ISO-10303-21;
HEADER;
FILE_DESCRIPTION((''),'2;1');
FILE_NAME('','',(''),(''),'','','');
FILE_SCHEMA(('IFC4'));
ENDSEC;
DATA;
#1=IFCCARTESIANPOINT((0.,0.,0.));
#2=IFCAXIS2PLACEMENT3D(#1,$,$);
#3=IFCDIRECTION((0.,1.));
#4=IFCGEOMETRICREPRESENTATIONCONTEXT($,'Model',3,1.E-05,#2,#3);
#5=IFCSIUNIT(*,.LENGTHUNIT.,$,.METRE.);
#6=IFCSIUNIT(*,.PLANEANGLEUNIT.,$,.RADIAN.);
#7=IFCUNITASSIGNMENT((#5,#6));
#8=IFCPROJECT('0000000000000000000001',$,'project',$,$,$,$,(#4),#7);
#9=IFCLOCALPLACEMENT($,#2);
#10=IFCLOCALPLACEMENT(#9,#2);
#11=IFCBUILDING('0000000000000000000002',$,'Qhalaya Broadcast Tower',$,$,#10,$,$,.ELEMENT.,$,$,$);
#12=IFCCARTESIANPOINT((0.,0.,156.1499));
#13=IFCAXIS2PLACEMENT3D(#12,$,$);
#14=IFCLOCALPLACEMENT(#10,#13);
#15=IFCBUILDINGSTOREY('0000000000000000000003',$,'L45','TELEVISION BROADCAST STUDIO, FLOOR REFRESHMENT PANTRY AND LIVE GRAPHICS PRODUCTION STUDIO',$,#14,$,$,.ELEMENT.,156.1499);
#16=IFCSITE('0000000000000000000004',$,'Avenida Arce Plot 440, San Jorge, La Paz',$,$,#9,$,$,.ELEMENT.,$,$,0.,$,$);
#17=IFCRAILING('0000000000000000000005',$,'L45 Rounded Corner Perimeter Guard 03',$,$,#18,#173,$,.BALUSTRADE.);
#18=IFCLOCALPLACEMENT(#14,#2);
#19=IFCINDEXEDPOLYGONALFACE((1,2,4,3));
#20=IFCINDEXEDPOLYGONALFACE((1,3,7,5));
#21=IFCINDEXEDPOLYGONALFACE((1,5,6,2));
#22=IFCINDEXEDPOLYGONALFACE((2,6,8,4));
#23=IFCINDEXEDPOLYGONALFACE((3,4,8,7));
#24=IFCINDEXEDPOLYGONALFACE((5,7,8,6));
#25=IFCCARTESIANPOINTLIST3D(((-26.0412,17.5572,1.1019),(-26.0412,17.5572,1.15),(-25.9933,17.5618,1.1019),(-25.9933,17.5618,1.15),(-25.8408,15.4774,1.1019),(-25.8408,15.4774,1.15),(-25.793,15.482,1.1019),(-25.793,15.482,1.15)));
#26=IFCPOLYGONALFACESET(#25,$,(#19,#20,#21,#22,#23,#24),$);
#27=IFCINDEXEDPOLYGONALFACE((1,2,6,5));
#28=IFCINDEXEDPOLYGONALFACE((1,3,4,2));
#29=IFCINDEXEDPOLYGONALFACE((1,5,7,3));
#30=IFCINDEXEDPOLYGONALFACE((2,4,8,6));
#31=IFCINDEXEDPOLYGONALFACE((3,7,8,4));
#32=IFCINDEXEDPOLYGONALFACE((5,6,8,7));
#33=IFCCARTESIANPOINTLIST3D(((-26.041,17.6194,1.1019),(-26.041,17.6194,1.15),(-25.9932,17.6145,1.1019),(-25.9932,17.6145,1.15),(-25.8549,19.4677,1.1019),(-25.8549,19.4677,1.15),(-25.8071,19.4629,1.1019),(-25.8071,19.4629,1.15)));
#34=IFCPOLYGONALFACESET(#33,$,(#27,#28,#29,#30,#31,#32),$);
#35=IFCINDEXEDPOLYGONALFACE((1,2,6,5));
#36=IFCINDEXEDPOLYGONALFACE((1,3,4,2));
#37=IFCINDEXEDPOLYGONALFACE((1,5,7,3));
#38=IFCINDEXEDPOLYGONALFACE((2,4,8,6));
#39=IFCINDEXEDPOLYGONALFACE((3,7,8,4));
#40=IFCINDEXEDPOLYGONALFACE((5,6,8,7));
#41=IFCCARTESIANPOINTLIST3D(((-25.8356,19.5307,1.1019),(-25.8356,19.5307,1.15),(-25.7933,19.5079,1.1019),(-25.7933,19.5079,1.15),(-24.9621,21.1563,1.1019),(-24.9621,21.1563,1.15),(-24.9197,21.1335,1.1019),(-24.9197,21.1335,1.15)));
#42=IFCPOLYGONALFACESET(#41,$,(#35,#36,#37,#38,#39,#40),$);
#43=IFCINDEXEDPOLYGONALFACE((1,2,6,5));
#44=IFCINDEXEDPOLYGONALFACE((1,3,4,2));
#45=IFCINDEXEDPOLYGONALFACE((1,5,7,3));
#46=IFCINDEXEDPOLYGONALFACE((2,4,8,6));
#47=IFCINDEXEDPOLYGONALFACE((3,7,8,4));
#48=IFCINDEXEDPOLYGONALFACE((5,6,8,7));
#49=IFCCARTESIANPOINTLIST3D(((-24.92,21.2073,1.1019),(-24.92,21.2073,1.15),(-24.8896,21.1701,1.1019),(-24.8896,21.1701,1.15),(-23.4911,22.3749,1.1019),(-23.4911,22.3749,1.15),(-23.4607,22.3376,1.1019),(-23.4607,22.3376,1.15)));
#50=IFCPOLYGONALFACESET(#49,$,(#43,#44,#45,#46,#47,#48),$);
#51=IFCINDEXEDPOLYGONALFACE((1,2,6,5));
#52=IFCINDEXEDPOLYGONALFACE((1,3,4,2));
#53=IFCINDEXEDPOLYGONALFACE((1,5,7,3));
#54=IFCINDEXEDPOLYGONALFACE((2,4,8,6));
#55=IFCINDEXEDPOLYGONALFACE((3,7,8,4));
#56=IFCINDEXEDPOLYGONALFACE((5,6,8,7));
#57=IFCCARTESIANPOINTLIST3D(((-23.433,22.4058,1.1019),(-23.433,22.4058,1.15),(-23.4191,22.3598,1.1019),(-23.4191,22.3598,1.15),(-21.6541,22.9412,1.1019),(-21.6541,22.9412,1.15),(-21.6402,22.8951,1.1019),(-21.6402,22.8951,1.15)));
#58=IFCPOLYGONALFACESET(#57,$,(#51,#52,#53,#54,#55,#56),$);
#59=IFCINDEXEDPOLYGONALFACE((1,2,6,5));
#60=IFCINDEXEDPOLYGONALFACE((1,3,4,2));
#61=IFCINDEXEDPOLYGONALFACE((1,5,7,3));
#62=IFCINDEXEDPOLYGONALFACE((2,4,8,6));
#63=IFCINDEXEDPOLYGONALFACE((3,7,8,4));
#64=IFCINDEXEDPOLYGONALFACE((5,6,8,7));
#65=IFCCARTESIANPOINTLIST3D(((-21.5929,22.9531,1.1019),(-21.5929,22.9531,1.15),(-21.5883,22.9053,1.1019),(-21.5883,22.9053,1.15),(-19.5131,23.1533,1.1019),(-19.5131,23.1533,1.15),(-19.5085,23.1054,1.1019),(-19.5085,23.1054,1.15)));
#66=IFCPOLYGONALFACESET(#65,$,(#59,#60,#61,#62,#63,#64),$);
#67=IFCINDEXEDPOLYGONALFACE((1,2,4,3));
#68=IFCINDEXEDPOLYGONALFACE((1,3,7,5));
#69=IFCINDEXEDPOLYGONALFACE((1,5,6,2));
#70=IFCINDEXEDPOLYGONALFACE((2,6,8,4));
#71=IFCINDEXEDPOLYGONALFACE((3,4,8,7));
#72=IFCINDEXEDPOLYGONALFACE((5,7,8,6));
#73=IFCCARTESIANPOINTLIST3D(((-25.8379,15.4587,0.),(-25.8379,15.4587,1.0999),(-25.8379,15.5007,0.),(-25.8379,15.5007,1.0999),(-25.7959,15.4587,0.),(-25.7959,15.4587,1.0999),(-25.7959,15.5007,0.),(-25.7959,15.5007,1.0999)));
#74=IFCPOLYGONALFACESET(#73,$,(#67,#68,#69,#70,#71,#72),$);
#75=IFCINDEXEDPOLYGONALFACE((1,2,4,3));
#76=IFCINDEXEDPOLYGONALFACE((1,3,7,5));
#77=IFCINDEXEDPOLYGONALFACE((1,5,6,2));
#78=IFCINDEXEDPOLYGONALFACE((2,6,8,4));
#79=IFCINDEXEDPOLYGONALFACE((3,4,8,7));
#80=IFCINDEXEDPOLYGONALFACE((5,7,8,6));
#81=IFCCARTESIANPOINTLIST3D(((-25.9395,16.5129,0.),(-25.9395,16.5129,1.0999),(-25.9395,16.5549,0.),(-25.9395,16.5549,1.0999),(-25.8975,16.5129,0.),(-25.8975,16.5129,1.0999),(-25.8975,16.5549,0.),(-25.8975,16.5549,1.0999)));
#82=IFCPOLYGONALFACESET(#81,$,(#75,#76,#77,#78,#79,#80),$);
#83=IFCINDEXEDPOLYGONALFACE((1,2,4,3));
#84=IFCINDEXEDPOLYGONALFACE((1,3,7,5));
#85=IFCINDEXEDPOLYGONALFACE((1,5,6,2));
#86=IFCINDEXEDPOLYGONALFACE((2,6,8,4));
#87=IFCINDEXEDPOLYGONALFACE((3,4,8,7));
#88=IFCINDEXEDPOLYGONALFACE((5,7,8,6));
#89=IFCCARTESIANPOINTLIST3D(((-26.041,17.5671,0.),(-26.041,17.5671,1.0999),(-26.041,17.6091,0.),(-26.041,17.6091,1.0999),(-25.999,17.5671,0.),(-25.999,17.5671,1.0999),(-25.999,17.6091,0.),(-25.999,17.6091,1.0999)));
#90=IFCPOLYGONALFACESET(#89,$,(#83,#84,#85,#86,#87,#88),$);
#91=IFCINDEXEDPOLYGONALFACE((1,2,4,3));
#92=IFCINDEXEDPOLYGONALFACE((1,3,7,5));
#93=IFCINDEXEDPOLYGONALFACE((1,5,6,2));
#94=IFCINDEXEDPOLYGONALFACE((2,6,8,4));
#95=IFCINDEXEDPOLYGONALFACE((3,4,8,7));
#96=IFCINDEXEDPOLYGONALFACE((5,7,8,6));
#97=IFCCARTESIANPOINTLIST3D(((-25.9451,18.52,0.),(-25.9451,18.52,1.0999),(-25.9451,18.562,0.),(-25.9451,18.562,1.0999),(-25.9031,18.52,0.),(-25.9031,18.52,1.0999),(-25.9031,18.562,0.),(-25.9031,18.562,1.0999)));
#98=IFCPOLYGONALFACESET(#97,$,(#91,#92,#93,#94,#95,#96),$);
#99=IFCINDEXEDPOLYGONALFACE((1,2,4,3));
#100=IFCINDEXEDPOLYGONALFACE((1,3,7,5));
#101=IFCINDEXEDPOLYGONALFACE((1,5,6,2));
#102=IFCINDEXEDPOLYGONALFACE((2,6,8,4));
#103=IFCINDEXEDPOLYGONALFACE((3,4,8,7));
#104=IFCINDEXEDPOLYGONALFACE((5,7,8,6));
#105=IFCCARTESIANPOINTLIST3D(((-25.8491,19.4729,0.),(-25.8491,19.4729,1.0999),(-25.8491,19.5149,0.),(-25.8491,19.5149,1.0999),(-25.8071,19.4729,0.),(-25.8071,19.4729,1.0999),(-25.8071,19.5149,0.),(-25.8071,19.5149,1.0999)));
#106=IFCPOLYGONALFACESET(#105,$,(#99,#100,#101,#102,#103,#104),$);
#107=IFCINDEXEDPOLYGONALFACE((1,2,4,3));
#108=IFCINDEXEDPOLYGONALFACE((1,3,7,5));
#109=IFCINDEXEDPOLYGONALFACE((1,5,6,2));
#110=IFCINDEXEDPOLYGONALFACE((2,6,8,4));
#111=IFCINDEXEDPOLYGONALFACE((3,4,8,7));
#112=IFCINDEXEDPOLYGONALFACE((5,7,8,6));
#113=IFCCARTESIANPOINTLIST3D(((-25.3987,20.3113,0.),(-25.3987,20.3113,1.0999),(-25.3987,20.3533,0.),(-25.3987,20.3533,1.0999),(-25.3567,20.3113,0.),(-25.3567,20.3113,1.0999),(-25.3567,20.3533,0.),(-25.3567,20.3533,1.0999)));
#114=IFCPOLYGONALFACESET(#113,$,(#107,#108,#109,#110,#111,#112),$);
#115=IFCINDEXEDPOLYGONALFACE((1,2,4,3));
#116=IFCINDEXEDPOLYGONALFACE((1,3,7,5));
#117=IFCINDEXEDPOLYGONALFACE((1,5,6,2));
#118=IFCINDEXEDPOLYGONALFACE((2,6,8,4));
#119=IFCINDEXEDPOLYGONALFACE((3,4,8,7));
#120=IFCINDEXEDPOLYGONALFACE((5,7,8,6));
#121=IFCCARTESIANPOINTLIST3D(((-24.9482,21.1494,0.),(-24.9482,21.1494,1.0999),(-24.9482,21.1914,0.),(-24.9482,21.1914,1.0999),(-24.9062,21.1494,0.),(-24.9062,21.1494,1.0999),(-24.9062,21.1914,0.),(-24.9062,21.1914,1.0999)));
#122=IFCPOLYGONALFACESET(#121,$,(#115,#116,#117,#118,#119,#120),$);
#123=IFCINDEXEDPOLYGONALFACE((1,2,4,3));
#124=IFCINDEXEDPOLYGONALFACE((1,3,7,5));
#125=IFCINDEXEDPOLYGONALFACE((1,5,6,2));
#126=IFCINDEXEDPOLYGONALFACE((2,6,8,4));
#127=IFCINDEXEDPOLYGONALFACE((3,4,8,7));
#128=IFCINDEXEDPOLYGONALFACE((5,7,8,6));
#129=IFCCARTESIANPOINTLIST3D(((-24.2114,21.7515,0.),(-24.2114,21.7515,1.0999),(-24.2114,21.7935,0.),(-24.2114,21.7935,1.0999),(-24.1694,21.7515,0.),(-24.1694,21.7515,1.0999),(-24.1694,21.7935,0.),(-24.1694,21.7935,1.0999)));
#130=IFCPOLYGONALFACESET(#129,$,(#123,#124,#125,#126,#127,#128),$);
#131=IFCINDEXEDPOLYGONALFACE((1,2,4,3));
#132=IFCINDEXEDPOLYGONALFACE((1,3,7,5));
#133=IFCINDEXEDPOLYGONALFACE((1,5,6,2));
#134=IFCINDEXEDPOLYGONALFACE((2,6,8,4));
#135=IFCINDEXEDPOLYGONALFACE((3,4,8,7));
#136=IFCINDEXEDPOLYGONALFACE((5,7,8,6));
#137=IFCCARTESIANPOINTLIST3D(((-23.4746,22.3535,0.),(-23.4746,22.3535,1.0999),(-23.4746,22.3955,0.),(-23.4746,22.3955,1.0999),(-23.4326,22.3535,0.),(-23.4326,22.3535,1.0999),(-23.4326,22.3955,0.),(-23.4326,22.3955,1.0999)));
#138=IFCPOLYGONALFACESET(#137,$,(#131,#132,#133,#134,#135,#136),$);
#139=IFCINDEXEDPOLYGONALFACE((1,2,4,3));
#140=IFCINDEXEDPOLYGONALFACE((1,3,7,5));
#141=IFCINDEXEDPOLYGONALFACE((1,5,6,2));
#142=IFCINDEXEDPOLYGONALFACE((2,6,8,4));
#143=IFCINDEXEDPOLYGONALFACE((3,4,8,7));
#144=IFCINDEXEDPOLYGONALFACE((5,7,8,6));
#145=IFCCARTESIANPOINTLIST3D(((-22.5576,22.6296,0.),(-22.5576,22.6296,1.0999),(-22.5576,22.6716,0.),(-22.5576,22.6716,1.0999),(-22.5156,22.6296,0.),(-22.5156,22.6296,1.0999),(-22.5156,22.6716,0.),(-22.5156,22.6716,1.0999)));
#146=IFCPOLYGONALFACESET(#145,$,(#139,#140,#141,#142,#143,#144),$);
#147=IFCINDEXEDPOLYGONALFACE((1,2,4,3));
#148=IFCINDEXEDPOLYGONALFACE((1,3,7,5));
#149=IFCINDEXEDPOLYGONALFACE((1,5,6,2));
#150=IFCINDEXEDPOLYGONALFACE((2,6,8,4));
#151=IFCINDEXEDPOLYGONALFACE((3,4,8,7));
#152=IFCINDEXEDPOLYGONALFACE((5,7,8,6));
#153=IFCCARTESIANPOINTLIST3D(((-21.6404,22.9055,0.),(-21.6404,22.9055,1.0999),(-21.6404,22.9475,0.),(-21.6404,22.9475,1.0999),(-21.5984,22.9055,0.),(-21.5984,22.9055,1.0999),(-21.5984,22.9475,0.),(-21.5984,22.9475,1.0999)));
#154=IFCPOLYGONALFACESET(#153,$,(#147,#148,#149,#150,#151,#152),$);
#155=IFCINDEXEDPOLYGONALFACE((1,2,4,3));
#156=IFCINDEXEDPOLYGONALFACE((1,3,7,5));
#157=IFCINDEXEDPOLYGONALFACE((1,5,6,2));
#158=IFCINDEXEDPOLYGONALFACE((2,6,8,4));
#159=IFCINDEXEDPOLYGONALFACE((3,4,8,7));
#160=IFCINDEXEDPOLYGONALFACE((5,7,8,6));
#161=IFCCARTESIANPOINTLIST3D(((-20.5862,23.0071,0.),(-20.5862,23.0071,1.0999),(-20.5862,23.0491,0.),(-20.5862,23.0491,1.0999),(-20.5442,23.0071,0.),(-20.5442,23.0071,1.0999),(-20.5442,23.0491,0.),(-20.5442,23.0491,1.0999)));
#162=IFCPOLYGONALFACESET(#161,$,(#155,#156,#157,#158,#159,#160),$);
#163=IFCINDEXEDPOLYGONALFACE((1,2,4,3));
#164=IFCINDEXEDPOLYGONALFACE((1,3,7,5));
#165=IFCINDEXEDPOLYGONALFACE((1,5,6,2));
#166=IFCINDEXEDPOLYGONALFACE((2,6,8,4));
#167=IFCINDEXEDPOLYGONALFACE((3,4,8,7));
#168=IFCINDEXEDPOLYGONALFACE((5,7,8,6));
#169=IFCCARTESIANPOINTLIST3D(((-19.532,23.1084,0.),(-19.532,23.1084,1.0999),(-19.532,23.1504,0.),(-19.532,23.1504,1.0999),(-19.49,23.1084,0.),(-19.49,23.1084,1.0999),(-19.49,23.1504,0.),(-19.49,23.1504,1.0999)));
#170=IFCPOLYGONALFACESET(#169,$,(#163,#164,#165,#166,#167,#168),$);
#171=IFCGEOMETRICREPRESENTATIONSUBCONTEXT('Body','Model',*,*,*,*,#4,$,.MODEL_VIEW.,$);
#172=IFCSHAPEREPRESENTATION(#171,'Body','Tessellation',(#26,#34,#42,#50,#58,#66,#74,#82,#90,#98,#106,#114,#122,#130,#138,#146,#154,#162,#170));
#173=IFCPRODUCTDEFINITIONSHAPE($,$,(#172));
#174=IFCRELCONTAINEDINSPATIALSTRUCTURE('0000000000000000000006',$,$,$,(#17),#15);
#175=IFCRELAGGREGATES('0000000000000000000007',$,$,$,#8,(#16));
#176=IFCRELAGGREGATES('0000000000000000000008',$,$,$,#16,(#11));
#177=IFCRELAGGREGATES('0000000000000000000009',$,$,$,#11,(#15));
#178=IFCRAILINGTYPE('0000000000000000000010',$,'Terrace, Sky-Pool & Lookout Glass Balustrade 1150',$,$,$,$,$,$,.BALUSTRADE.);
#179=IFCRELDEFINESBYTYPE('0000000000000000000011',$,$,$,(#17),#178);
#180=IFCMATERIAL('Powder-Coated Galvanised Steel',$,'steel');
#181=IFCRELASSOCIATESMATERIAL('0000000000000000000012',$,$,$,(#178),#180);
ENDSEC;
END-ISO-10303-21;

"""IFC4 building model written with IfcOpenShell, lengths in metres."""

from ifc_helpers import new_model, si_unit, direction, frame, origin, origin_2d, place, context, subcontext, project, spatial, rectangle, extrude, material, type_object, element, save


model = new_model("IFC4")

# Units and contexts
model_context = context("Model", 3, precision=1e-05, world=origin(), true_north=direction((0.0, 1.0)))
body_context = subcontext(model_context, "Body", "Model", "MODEL_VIEW")
ifc_project = project(units=[si_unit("LENGTHUNIT", "METRE"), si_unit("PLANEANGLEUNIT", "RADIAN")], contexts=[model_context])

# Site, building, storey
site_placement = place(None, origin())
site = spatial("IfcSite", under=ifc_project, at=site_placement, Name="Avenida Arce Plot 440, San Jorge, La Paz", CompositionType="ELEMENT", RefElevation=0.0)
building_placement = place(site_placement, origin())
building = spatial("IfcBuilding", under=site, at=building_placement, Name="Qhalaya Broadcast Tower", CompositionType="ELEMENT")
storey_placement = place(building_placement, frame((0.0, 0.0, 156.1499)))
storey = spatial("IfcBuildingStorey", under=building, at=storey_placement, Name="L45", Description="TELEVISION BROADCAST STUDIO, FLOOR REFRESHMENT PANTRY AND LIVE GRAPHICS PRODUCTION STUDIO", CompositionType="ELEMENT", Elevation=156.1499)

# Railing
ifc_material_1 = material(Name="Powder-Coated Galvanised Steel", Category="steel")
railing_type = type_object("IfcRailingType", Name="Terrace, Sky-Pool & Lookout Glass Balustrade 1150", PredefinedType="BALUSTRADE", material=ifc_material_1)
railing_placement = place(storey_placement, frame((-25.8169, 15.4797, 0.0)))
element("IfcRailing", 1, at=railing_placement, inside=storey, type_object=railing_type, Name="L45 Rounded Corner Perimeter Guard 03", PredefinedType="BALUSTRADE", context=body_context, shape_type="SweptSolid", body=[
    extrude(rectangle(XDim=0.0481, YDim=0.0481, at=origin_2d()), frame((0.0, 0.0, 1.126), z_axis=(-0.095897, 0.995391, 0.0), x_axis=(-0.995391, -0.095897, 0.0)), (0.0, 0.0, 1.0), 2.0894),
    extrude(rectangle(XDim=0.0481, YDim=0.0481, at=origin_2d()), frame((-0.2002, 2.1372, 1.126), z_axis=(0.100185, 0.994969, 0.0), x_axis=(-0.994969, 0.100185, 0.0)), (0.0, 0.0, 1.0), 1.8577),
    extrude(rectangle(XDim=0.0481, YDim=0.0481, at=origin_2d()), frame((0.0024, 4.0396, 1.126), z_axis=(0.473342, 0.880879, 0.0), x_axis=(-0.880879, 0.473342, 0.0)), (0.0, 0.0, 1.0), 1.8455),
    extrude(rectangle(XDim=0.0481, YDim=0.0481, at=origin_2d()), frame((0.9121, 5.709, 1.126), z_axis=(0.774369, 0.632735, 0.0), x_axis=(-0.632735, 0.774369, 0.0)), (0.0, 0.0, 1.0), 1.8452),
    extrude(rectangle(XDim=0.0481, YDim=0.0481, at=origin_2d()), frame((2.3909, 6.9031, 1.126), z_axis=(0.957577, 0.288178, 0.0), x_axis=(-0.288178, 0.957577, 0.0)), (0.0, 0.0, 1.0), 1.8577),
    extrude(rectangle(XDim=0.0481, YDim=0.0481, at=origin_2d()), frame((4.2263, 7.4495, 1.126), z_axis=(0.995402, 0.095783, 0.0), x_axis=(-0.095783, 0.995402, 0.0)), (0.0, 0.0, 1.0), 2.0894),
    extrude(rectangle(XDim=0.042, YDim=0.042, at=origin_2d()), origin(), (0.0, 0.0, 1.0), 1.0999),
    extrude(rectangle(XDim=0.042, YDim=0.042, at=origin_2d()), frame((-0.1016, 1.0542, 0.0)), (0.0, 0.0, 1.0), 1.0999),
    extrude(rectangle(XDim=0.042, YDim=0.042, at=origin_2d()), frame((-0.2031, 2.1084, 0.0)), (0.0, 0.0, 1.0), 1.0999),
    extrude(rectangle(XDim=0.042, YDim=0.042, at=origin_2d()), frame((-0.1072, 3.0613, 0.0)), (0.0, 0.0, 1.0), 1.0999),
    extrude(rectangle(XDim=0.042, YDim=0.042, at=origin_2d()), frame((-0.0112, 4.0142, 0.0)), (0.0, 0.0, 1.0), 1.0999),
    extrude(rectangle(XDim=0.042, YDim=0.042, at=origin_2d()), frame((0.4392, 4.8525, 0.0)), (0.0, 0.0, 1.0), 1.0999),
    extrude(rectangle(XDim=0.042, YDim=0.042, at=origin_2d()), frame((0.8896, 5.6907, 0.0)), (0.0, 0.0, 1.0), 1.0999),
    extrude(rectangle(XDim=0.042, YDim=0.042, at=origin_2d()), frame((1.6265, 6.2927, 0.0)), (0.0, 0.0, 1.0), 1.0999),
    extrude(rectangle(XDim=0.042, YDim=0.042, at=origin_2d()), frame((2.3633, 6.8948, 0.0)), (0.0, 0.0, 1.0), 1.0999),
    extrude(rectangle(XDim=0.042, YDim=0.042, at=origin_2d()), frame((3.2803, 7.1709, 0.0)), (0.0, 0.0, 1.0), 1.0999),
    extrude(rectangle(XDim=0.042, YDim=0.042, at=origin_2d()), frame((4.1975, 7.4468, 0.0)), (0.0, 0.0, 1.0), 1.0999),
    extrude(rectangle(XDim=0.042, YDim=0.042, at=origin_2d()), frame((5.2517, 7.5483, 0.0)), (0.0, 0.0, 1.0), 1.0999),
    extrude(rectangle(XDim=0.042, YDim=0.042, at=origin_2d()), frame((6.3059, 7.6497, 0.0)), (0.0, 0.0, 1.0), 1.0999),
])

save(model, "model.ifc")
